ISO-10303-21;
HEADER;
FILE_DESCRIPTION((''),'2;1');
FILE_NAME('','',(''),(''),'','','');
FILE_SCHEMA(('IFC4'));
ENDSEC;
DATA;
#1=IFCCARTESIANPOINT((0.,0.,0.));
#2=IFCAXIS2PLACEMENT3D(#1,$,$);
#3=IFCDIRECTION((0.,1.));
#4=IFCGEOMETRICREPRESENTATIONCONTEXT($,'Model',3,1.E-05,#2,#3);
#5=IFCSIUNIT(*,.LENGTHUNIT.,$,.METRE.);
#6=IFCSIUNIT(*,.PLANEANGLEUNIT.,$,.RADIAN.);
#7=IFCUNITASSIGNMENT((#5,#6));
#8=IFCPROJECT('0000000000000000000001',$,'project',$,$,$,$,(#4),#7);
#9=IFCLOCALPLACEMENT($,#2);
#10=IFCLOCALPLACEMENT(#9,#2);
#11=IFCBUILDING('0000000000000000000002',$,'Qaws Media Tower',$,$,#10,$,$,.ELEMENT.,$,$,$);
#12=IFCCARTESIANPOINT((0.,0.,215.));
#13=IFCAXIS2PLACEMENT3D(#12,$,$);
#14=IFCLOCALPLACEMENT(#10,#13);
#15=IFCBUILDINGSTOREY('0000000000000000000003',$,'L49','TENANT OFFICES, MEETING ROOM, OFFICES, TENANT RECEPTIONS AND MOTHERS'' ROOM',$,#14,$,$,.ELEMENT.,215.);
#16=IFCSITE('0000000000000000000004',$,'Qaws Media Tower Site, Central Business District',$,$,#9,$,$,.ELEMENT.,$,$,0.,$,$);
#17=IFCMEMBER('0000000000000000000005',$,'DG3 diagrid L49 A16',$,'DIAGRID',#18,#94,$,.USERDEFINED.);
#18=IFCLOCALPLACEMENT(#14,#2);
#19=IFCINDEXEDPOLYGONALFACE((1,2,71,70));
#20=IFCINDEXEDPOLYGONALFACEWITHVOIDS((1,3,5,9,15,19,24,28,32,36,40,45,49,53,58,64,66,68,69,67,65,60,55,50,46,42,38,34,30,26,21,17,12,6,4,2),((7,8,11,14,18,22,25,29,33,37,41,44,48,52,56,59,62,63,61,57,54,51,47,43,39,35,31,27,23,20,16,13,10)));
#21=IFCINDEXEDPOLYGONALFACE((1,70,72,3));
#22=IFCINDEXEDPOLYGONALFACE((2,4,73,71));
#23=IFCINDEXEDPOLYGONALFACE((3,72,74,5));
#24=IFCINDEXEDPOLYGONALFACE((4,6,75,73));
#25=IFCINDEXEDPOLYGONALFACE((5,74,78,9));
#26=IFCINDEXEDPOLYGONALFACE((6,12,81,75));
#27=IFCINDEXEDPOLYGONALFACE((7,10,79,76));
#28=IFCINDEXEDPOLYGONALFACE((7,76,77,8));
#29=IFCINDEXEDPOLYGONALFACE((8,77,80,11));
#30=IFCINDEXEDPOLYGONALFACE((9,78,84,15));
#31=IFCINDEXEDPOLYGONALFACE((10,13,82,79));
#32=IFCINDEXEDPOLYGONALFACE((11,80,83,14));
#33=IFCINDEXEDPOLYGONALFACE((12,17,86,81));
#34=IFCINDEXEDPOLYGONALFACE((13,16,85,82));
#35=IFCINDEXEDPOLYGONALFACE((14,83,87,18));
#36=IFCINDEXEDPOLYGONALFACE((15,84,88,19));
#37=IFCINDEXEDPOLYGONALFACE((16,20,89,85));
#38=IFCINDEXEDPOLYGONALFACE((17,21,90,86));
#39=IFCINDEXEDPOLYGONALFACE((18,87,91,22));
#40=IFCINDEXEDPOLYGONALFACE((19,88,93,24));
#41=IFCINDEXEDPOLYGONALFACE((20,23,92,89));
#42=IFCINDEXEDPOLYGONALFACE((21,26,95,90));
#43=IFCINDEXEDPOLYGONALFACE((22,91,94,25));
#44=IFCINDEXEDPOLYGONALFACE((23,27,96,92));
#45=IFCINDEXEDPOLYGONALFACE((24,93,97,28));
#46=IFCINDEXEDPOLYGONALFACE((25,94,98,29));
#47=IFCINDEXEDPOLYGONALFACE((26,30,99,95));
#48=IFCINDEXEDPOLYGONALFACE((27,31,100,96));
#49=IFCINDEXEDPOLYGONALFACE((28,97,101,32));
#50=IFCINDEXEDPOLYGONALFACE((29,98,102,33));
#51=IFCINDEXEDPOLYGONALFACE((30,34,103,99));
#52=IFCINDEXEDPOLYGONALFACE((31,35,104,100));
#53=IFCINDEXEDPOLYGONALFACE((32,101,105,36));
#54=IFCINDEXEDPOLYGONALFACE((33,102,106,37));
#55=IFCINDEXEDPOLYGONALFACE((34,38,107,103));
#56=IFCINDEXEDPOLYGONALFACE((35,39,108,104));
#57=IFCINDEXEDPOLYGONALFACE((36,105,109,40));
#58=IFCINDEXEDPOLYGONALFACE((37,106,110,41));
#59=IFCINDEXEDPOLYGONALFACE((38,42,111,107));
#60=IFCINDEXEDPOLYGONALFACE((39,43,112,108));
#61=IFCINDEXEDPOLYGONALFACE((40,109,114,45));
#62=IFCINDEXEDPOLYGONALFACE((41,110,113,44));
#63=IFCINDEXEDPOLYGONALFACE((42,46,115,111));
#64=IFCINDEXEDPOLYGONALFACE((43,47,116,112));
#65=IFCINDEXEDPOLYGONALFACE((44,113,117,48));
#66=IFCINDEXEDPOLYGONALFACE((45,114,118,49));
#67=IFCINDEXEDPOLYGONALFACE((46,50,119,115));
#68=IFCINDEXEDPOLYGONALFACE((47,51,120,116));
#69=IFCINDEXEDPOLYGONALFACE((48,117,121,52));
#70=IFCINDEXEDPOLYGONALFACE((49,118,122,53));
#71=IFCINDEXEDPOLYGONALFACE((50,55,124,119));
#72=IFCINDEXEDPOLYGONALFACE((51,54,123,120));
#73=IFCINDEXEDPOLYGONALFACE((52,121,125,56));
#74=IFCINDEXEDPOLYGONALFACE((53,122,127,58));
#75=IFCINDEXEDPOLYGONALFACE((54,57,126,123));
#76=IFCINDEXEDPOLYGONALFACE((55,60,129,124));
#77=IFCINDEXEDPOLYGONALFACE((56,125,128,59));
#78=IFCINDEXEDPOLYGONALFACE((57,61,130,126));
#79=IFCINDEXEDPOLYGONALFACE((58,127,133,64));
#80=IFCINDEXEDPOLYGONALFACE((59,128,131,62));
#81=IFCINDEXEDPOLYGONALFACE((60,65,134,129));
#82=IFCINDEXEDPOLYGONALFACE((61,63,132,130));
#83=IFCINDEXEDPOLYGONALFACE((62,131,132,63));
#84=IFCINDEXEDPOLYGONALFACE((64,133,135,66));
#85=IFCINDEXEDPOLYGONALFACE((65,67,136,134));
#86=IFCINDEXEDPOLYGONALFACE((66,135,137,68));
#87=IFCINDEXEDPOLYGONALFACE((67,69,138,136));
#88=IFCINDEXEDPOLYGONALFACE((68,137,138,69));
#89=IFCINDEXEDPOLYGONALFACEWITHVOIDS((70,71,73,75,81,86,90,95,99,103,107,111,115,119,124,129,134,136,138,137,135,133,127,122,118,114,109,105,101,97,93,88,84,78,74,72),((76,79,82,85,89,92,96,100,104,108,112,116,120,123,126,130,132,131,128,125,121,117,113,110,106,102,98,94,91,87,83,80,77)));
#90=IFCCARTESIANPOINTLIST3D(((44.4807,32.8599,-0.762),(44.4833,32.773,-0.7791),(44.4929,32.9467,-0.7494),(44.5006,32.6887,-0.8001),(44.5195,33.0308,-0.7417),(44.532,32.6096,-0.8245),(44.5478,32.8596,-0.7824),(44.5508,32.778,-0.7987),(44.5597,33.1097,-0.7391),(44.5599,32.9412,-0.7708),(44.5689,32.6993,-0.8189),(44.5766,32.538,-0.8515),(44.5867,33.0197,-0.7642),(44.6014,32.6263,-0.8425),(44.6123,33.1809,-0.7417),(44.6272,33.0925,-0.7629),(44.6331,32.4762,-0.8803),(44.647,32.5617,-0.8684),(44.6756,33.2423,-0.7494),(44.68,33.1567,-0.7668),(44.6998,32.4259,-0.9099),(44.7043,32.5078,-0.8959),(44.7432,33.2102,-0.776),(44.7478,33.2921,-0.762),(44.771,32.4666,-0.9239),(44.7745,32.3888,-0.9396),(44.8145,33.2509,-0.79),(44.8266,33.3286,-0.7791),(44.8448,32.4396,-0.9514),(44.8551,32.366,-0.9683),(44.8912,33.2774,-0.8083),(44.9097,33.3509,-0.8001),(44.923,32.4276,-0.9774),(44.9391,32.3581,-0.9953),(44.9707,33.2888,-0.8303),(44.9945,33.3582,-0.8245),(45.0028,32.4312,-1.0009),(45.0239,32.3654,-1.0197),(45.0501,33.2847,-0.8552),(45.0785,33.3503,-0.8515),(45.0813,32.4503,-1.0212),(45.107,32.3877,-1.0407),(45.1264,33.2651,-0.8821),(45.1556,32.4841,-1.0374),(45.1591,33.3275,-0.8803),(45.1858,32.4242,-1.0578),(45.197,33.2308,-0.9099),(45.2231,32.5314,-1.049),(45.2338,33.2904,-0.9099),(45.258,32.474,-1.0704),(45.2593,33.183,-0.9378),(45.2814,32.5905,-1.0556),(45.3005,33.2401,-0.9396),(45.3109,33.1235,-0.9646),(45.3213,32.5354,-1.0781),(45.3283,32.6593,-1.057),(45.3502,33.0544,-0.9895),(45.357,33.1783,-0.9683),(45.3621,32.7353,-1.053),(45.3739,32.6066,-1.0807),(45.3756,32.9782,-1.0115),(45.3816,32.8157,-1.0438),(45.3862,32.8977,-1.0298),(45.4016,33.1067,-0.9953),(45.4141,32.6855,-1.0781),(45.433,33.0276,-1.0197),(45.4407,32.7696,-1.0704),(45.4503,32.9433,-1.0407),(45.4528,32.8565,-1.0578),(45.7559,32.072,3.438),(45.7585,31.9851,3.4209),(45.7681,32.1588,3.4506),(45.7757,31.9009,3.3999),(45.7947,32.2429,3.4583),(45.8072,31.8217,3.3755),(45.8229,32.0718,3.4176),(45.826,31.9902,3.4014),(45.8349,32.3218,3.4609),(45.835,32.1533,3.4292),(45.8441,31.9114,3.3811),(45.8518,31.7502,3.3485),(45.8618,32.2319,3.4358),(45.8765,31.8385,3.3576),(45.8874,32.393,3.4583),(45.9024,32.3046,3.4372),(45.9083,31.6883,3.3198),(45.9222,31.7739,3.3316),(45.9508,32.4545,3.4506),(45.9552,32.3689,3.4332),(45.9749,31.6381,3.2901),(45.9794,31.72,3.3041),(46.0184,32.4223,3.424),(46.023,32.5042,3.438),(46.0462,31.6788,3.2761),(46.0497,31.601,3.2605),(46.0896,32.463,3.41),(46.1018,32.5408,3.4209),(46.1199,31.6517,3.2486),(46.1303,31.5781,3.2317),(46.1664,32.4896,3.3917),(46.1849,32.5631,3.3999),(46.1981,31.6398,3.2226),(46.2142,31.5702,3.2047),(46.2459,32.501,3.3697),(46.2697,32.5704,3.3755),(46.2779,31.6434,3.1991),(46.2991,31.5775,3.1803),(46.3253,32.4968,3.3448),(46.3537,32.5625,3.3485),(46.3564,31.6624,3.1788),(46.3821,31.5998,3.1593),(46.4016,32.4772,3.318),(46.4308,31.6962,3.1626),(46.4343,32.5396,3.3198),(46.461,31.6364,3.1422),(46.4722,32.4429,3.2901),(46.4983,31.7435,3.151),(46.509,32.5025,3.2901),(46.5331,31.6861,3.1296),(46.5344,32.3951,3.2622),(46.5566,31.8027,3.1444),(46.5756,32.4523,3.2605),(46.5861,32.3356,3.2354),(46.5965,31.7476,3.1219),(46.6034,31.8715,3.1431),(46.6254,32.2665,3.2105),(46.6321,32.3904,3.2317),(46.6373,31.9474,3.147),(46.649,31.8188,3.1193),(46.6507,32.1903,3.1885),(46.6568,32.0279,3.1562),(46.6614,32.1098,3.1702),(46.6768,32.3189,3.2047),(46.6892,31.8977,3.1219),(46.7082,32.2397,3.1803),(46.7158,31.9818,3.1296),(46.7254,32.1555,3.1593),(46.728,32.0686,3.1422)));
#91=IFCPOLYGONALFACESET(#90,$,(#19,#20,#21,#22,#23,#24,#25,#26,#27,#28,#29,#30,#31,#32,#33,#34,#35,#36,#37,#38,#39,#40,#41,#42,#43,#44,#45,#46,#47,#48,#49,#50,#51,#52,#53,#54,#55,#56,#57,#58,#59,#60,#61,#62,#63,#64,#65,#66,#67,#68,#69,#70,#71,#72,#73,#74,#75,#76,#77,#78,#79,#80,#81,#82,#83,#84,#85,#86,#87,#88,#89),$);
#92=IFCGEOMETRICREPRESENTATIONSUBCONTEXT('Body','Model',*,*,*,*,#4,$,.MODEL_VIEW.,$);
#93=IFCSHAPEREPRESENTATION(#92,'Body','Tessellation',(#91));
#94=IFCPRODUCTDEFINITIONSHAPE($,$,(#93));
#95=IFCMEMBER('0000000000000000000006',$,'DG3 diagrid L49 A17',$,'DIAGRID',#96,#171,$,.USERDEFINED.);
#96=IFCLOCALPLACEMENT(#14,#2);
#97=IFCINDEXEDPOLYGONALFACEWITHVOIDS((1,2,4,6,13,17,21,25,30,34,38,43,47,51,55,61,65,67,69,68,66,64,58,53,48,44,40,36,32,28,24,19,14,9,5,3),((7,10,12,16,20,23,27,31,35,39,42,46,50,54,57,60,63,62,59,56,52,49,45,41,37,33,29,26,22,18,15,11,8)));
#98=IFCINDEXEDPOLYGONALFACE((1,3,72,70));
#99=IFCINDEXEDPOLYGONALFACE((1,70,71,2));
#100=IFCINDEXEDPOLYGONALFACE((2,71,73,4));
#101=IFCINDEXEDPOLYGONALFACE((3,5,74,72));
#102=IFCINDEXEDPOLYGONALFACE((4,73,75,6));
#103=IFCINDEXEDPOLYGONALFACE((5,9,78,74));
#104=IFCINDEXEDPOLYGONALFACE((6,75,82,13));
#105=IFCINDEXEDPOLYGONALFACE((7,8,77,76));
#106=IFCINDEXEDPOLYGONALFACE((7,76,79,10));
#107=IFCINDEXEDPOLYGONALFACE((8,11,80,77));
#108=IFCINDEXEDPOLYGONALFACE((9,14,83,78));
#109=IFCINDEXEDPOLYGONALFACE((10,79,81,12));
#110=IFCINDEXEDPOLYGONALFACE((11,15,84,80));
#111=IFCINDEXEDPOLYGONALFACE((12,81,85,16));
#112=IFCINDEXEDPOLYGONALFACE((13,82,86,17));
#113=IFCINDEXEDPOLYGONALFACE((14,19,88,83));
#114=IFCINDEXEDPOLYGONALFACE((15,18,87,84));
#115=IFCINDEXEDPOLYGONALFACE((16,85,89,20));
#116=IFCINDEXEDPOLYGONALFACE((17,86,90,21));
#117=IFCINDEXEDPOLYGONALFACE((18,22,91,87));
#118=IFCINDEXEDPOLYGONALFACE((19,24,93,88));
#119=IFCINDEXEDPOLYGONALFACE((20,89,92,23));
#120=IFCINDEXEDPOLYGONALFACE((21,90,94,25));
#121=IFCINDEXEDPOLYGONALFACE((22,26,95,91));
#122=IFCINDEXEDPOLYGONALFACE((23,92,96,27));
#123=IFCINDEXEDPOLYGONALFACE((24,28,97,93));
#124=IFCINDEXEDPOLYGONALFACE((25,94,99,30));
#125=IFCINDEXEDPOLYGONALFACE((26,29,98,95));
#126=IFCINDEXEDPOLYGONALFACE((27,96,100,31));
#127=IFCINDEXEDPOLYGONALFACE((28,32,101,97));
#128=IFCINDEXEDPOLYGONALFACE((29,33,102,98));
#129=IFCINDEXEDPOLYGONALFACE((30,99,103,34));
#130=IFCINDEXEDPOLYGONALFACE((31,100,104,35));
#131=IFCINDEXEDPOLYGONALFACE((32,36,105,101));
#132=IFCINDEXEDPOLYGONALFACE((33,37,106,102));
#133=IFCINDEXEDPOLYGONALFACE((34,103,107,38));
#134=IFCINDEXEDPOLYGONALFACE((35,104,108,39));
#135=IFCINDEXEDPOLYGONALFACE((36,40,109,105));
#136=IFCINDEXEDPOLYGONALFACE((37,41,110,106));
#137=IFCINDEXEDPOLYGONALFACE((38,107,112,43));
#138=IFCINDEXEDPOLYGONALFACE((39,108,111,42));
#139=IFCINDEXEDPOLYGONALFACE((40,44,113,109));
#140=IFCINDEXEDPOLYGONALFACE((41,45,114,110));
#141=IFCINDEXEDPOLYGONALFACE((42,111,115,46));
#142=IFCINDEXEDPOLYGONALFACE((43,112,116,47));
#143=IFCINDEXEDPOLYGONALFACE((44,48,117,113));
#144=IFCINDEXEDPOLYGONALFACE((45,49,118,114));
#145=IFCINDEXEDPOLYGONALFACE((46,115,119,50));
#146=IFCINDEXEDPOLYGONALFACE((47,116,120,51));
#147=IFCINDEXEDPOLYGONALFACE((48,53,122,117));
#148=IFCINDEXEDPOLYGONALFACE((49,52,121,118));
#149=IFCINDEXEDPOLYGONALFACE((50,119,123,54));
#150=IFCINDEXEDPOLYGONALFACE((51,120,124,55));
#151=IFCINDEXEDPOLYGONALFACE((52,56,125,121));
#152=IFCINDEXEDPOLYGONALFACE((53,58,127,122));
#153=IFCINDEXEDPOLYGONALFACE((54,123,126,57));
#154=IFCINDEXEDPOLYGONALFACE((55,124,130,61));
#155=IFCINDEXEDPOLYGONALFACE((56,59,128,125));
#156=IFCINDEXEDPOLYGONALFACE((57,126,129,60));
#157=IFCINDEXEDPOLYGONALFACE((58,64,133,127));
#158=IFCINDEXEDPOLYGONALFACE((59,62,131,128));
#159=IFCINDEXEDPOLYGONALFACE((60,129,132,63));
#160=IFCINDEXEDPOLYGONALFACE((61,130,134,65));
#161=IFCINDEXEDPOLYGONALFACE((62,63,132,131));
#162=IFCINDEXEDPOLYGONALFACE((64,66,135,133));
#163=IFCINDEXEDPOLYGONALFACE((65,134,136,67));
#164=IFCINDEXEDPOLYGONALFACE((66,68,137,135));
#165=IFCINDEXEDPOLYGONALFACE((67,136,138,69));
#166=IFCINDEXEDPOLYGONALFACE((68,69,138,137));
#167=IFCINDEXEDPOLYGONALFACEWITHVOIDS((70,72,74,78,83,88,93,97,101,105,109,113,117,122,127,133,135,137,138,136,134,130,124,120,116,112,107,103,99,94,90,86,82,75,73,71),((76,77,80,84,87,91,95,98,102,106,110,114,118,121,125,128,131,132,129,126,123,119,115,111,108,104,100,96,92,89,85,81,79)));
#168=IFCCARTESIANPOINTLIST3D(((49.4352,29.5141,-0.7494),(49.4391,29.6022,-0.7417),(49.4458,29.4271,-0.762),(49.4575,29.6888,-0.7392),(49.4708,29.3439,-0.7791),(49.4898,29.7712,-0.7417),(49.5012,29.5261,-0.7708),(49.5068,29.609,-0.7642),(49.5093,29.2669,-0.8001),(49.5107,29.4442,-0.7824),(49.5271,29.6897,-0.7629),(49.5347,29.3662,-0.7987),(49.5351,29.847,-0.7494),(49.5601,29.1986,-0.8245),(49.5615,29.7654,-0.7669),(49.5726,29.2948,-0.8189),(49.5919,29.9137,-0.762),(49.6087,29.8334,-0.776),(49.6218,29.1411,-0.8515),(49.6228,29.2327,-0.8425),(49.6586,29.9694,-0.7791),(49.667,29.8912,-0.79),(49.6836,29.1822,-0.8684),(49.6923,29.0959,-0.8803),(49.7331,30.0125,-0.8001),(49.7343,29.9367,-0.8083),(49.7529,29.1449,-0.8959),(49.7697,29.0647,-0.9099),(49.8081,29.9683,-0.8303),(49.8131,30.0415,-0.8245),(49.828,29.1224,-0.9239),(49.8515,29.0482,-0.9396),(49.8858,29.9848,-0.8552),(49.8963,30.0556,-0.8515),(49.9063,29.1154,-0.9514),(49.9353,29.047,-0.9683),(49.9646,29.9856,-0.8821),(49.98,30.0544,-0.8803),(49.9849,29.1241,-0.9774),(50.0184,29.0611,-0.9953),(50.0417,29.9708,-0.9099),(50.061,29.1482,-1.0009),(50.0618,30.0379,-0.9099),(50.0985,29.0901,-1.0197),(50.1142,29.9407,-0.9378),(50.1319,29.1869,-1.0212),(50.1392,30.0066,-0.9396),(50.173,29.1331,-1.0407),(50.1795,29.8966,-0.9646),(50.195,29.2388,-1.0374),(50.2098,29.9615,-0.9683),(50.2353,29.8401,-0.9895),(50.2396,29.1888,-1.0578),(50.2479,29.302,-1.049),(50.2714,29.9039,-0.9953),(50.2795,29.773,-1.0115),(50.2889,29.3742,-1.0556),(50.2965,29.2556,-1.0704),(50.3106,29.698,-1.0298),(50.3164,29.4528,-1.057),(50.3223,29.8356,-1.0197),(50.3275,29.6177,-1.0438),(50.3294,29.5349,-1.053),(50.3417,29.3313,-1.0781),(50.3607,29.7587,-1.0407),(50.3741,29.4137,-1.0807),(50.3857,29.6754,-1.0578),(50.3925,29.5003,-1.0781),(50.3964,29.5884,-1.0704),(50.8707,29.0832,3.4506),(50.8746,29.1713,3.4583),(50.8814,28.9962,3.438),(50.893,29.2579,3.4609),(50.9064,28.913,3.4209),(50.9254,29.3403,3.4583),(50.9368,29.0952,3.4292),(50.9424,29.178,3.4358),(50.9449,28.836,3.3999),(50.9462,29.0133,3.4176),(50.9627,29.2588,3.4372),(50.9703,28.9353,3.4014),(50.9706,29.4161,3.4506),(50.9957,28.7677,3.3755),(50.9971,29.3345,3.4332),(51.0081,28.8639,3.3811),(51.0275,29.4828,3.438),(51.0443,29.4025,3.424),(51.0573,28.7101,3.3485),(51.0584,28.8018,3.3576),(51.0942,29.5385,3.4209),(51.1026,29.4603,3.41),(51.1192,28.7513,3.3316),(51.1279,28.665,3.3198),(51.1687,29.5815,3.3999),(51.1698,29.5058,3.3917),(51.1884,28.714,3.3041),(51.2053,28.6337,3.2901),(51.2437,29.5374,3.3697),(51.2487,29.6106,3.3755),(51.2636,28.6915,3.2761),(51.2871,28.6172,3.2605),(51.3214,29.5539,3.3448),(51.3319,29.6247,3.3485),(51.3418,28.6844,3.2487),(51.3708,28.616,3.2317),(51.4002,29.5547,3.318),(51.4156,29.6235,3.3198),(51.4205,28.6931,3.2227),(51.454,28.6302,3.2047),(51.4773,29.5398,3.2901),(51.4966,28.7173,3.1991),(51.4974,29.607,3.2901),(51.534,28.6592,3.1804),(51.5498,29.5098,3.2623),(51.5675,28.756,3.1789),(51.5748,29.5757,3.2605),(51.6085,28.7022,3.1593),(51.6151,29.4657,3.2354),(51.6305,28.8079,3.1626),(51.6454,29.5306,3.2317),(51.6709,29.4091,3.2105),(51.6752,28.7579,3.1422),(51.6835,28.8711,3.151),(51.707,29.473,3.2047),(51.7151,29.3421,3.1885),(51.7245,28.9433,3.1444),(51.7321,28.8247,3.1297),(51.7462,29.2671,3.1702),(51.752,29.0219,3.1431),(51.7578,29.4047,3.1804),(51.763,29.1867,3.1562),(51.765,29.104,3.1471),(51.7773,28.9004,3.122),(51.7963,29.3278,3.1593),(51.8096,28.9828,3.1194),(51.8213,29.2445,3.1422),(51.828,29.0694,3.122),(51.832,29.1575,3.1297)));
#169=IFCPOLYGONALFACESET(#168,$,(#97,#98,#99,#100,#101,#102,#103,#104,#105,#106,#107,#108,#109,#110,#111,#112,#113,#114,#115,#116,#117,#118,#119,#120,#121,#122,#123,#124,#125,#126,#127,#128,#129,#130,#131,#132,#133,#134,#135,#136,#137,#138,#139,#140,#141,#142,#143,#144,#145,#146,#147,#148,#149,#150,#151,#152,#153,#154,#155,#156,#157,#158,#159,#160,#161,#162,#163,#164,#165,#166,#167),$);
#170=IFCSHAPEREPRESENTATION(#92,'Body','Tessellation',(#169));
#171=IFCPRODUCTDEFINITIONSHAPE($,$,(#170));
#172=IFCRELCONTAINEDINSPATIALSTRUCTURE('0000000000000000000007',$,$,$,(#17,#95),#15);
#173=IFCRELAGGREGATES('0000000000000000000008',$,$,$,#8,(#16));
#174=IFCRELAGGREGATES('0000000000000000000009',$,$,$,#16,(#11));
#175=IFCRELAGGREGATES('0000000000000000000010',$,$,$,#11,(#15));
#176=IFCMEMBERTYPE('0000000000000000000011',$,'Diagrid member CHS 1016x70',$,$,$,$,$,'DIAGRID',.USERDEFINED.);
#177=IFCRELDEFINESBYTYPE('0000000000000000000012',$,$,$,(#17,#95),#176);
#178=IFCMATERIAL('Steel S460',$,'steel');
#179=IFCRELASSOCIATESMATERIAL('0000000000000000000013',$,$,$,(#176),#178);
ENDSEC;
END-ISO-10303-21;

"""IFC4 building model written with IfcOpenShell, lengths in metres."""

from ifc_helpers import new_model, si_unit, direction, frame, origin, origin_2d, place, context, subcontext, project, spatial, hollow_circle, extrude, material, material_profile, profile_set, type_object, element, save


model = new_model("IFC4")

# Units and contexts
model_context = context("Model", 3, precision=1e-05, world=origin(), true_north=direction((0.0, 1.0)))
body_context = subcontext(model_context, "Body", "Model", "MODEL_VIEW")
ifc_project = project(units=[si_unit("LENGTHUNIT", "METRE"), si_unit("PLANEANGLEUNIT", "RADIAN")], contexts=[model_context])

# Site, building, storey
site_placement = place(None, origin())
site = spatial("IfcSite", under=ifc_project, at=site_placement, Name="Qaws Media Tower Site, Central Business District", CompositionType="ELEMENT", RefElevation=0.0)
building_placement = place(site_placement, origin())
building = spatial("IfcBuilding", under=site, at=building_placement, Name="Qaws Media Tower", CompositionType="ELEMENT")
storey_placement = place(building_placement, frame((0.0, 0.0, 215.0)))
storey = spatial("IfcBuildingStorey", under=building, at=storey_placement, Name="L49", Description="TENANT OFFICES, MEETING ROOM, OFFICES, TENANT RECEPTIONS AND MOTHERS' ROOM", CompositionType="ELEMENT", Elevation=215.0)

# Members
ifc_material_1 = material(Name="Steel S460", Category="steel")
ifc_material_profile_1 = material_profile(ifc_material_1, hollow_circle(Radius=0.5081, WallThickness=0.0701, at=origin_2d()), Name="CHS 1016x70")
ifc_profile_set_1 = profile_set([ifc_material_profile_1], Name="Steel S460")
member_type_1 = type_object("IfcMemberType", Name="Diagrid member CHS 1016x70", ElementType="DIAGRID", PredefinedType="USERDEFINED", material=ifc_profile_set_1)
for number, where, z_axis, x_axis, name in (
    (1, (44.9668, 32.8582, -0.9099), (0.285946, -0.17667, 0.941819), (0.525614, 0.850723, 0.0), "DG3 diagrid L49 A16"),
    (2, (49.9158, 29.5513, -0.9099), (0.321916, -0.09663, 0.941824), (0.287497, 0.957781, 0.0), "DG3 diagrid L49 A17"),
):
    element("IfcMember", number, at=place(storey_placement, frame(where, z_axis=z_axis, x_axis=x_axis)), inside=storey, type_object=member_type_1, Name=name, ObjectType="DIAGRID", PredefinedType="USERDEFINED", context=body_context, shape_type="SweptSolid", body=[
        extrude(hollow_circle(Radius=0.5081, WallThickness=0.0701, at=origin_2d()), origin(), (0.0, 0.0, 1.0), 4.4595),
    ])

save(model, "model.ifc")
